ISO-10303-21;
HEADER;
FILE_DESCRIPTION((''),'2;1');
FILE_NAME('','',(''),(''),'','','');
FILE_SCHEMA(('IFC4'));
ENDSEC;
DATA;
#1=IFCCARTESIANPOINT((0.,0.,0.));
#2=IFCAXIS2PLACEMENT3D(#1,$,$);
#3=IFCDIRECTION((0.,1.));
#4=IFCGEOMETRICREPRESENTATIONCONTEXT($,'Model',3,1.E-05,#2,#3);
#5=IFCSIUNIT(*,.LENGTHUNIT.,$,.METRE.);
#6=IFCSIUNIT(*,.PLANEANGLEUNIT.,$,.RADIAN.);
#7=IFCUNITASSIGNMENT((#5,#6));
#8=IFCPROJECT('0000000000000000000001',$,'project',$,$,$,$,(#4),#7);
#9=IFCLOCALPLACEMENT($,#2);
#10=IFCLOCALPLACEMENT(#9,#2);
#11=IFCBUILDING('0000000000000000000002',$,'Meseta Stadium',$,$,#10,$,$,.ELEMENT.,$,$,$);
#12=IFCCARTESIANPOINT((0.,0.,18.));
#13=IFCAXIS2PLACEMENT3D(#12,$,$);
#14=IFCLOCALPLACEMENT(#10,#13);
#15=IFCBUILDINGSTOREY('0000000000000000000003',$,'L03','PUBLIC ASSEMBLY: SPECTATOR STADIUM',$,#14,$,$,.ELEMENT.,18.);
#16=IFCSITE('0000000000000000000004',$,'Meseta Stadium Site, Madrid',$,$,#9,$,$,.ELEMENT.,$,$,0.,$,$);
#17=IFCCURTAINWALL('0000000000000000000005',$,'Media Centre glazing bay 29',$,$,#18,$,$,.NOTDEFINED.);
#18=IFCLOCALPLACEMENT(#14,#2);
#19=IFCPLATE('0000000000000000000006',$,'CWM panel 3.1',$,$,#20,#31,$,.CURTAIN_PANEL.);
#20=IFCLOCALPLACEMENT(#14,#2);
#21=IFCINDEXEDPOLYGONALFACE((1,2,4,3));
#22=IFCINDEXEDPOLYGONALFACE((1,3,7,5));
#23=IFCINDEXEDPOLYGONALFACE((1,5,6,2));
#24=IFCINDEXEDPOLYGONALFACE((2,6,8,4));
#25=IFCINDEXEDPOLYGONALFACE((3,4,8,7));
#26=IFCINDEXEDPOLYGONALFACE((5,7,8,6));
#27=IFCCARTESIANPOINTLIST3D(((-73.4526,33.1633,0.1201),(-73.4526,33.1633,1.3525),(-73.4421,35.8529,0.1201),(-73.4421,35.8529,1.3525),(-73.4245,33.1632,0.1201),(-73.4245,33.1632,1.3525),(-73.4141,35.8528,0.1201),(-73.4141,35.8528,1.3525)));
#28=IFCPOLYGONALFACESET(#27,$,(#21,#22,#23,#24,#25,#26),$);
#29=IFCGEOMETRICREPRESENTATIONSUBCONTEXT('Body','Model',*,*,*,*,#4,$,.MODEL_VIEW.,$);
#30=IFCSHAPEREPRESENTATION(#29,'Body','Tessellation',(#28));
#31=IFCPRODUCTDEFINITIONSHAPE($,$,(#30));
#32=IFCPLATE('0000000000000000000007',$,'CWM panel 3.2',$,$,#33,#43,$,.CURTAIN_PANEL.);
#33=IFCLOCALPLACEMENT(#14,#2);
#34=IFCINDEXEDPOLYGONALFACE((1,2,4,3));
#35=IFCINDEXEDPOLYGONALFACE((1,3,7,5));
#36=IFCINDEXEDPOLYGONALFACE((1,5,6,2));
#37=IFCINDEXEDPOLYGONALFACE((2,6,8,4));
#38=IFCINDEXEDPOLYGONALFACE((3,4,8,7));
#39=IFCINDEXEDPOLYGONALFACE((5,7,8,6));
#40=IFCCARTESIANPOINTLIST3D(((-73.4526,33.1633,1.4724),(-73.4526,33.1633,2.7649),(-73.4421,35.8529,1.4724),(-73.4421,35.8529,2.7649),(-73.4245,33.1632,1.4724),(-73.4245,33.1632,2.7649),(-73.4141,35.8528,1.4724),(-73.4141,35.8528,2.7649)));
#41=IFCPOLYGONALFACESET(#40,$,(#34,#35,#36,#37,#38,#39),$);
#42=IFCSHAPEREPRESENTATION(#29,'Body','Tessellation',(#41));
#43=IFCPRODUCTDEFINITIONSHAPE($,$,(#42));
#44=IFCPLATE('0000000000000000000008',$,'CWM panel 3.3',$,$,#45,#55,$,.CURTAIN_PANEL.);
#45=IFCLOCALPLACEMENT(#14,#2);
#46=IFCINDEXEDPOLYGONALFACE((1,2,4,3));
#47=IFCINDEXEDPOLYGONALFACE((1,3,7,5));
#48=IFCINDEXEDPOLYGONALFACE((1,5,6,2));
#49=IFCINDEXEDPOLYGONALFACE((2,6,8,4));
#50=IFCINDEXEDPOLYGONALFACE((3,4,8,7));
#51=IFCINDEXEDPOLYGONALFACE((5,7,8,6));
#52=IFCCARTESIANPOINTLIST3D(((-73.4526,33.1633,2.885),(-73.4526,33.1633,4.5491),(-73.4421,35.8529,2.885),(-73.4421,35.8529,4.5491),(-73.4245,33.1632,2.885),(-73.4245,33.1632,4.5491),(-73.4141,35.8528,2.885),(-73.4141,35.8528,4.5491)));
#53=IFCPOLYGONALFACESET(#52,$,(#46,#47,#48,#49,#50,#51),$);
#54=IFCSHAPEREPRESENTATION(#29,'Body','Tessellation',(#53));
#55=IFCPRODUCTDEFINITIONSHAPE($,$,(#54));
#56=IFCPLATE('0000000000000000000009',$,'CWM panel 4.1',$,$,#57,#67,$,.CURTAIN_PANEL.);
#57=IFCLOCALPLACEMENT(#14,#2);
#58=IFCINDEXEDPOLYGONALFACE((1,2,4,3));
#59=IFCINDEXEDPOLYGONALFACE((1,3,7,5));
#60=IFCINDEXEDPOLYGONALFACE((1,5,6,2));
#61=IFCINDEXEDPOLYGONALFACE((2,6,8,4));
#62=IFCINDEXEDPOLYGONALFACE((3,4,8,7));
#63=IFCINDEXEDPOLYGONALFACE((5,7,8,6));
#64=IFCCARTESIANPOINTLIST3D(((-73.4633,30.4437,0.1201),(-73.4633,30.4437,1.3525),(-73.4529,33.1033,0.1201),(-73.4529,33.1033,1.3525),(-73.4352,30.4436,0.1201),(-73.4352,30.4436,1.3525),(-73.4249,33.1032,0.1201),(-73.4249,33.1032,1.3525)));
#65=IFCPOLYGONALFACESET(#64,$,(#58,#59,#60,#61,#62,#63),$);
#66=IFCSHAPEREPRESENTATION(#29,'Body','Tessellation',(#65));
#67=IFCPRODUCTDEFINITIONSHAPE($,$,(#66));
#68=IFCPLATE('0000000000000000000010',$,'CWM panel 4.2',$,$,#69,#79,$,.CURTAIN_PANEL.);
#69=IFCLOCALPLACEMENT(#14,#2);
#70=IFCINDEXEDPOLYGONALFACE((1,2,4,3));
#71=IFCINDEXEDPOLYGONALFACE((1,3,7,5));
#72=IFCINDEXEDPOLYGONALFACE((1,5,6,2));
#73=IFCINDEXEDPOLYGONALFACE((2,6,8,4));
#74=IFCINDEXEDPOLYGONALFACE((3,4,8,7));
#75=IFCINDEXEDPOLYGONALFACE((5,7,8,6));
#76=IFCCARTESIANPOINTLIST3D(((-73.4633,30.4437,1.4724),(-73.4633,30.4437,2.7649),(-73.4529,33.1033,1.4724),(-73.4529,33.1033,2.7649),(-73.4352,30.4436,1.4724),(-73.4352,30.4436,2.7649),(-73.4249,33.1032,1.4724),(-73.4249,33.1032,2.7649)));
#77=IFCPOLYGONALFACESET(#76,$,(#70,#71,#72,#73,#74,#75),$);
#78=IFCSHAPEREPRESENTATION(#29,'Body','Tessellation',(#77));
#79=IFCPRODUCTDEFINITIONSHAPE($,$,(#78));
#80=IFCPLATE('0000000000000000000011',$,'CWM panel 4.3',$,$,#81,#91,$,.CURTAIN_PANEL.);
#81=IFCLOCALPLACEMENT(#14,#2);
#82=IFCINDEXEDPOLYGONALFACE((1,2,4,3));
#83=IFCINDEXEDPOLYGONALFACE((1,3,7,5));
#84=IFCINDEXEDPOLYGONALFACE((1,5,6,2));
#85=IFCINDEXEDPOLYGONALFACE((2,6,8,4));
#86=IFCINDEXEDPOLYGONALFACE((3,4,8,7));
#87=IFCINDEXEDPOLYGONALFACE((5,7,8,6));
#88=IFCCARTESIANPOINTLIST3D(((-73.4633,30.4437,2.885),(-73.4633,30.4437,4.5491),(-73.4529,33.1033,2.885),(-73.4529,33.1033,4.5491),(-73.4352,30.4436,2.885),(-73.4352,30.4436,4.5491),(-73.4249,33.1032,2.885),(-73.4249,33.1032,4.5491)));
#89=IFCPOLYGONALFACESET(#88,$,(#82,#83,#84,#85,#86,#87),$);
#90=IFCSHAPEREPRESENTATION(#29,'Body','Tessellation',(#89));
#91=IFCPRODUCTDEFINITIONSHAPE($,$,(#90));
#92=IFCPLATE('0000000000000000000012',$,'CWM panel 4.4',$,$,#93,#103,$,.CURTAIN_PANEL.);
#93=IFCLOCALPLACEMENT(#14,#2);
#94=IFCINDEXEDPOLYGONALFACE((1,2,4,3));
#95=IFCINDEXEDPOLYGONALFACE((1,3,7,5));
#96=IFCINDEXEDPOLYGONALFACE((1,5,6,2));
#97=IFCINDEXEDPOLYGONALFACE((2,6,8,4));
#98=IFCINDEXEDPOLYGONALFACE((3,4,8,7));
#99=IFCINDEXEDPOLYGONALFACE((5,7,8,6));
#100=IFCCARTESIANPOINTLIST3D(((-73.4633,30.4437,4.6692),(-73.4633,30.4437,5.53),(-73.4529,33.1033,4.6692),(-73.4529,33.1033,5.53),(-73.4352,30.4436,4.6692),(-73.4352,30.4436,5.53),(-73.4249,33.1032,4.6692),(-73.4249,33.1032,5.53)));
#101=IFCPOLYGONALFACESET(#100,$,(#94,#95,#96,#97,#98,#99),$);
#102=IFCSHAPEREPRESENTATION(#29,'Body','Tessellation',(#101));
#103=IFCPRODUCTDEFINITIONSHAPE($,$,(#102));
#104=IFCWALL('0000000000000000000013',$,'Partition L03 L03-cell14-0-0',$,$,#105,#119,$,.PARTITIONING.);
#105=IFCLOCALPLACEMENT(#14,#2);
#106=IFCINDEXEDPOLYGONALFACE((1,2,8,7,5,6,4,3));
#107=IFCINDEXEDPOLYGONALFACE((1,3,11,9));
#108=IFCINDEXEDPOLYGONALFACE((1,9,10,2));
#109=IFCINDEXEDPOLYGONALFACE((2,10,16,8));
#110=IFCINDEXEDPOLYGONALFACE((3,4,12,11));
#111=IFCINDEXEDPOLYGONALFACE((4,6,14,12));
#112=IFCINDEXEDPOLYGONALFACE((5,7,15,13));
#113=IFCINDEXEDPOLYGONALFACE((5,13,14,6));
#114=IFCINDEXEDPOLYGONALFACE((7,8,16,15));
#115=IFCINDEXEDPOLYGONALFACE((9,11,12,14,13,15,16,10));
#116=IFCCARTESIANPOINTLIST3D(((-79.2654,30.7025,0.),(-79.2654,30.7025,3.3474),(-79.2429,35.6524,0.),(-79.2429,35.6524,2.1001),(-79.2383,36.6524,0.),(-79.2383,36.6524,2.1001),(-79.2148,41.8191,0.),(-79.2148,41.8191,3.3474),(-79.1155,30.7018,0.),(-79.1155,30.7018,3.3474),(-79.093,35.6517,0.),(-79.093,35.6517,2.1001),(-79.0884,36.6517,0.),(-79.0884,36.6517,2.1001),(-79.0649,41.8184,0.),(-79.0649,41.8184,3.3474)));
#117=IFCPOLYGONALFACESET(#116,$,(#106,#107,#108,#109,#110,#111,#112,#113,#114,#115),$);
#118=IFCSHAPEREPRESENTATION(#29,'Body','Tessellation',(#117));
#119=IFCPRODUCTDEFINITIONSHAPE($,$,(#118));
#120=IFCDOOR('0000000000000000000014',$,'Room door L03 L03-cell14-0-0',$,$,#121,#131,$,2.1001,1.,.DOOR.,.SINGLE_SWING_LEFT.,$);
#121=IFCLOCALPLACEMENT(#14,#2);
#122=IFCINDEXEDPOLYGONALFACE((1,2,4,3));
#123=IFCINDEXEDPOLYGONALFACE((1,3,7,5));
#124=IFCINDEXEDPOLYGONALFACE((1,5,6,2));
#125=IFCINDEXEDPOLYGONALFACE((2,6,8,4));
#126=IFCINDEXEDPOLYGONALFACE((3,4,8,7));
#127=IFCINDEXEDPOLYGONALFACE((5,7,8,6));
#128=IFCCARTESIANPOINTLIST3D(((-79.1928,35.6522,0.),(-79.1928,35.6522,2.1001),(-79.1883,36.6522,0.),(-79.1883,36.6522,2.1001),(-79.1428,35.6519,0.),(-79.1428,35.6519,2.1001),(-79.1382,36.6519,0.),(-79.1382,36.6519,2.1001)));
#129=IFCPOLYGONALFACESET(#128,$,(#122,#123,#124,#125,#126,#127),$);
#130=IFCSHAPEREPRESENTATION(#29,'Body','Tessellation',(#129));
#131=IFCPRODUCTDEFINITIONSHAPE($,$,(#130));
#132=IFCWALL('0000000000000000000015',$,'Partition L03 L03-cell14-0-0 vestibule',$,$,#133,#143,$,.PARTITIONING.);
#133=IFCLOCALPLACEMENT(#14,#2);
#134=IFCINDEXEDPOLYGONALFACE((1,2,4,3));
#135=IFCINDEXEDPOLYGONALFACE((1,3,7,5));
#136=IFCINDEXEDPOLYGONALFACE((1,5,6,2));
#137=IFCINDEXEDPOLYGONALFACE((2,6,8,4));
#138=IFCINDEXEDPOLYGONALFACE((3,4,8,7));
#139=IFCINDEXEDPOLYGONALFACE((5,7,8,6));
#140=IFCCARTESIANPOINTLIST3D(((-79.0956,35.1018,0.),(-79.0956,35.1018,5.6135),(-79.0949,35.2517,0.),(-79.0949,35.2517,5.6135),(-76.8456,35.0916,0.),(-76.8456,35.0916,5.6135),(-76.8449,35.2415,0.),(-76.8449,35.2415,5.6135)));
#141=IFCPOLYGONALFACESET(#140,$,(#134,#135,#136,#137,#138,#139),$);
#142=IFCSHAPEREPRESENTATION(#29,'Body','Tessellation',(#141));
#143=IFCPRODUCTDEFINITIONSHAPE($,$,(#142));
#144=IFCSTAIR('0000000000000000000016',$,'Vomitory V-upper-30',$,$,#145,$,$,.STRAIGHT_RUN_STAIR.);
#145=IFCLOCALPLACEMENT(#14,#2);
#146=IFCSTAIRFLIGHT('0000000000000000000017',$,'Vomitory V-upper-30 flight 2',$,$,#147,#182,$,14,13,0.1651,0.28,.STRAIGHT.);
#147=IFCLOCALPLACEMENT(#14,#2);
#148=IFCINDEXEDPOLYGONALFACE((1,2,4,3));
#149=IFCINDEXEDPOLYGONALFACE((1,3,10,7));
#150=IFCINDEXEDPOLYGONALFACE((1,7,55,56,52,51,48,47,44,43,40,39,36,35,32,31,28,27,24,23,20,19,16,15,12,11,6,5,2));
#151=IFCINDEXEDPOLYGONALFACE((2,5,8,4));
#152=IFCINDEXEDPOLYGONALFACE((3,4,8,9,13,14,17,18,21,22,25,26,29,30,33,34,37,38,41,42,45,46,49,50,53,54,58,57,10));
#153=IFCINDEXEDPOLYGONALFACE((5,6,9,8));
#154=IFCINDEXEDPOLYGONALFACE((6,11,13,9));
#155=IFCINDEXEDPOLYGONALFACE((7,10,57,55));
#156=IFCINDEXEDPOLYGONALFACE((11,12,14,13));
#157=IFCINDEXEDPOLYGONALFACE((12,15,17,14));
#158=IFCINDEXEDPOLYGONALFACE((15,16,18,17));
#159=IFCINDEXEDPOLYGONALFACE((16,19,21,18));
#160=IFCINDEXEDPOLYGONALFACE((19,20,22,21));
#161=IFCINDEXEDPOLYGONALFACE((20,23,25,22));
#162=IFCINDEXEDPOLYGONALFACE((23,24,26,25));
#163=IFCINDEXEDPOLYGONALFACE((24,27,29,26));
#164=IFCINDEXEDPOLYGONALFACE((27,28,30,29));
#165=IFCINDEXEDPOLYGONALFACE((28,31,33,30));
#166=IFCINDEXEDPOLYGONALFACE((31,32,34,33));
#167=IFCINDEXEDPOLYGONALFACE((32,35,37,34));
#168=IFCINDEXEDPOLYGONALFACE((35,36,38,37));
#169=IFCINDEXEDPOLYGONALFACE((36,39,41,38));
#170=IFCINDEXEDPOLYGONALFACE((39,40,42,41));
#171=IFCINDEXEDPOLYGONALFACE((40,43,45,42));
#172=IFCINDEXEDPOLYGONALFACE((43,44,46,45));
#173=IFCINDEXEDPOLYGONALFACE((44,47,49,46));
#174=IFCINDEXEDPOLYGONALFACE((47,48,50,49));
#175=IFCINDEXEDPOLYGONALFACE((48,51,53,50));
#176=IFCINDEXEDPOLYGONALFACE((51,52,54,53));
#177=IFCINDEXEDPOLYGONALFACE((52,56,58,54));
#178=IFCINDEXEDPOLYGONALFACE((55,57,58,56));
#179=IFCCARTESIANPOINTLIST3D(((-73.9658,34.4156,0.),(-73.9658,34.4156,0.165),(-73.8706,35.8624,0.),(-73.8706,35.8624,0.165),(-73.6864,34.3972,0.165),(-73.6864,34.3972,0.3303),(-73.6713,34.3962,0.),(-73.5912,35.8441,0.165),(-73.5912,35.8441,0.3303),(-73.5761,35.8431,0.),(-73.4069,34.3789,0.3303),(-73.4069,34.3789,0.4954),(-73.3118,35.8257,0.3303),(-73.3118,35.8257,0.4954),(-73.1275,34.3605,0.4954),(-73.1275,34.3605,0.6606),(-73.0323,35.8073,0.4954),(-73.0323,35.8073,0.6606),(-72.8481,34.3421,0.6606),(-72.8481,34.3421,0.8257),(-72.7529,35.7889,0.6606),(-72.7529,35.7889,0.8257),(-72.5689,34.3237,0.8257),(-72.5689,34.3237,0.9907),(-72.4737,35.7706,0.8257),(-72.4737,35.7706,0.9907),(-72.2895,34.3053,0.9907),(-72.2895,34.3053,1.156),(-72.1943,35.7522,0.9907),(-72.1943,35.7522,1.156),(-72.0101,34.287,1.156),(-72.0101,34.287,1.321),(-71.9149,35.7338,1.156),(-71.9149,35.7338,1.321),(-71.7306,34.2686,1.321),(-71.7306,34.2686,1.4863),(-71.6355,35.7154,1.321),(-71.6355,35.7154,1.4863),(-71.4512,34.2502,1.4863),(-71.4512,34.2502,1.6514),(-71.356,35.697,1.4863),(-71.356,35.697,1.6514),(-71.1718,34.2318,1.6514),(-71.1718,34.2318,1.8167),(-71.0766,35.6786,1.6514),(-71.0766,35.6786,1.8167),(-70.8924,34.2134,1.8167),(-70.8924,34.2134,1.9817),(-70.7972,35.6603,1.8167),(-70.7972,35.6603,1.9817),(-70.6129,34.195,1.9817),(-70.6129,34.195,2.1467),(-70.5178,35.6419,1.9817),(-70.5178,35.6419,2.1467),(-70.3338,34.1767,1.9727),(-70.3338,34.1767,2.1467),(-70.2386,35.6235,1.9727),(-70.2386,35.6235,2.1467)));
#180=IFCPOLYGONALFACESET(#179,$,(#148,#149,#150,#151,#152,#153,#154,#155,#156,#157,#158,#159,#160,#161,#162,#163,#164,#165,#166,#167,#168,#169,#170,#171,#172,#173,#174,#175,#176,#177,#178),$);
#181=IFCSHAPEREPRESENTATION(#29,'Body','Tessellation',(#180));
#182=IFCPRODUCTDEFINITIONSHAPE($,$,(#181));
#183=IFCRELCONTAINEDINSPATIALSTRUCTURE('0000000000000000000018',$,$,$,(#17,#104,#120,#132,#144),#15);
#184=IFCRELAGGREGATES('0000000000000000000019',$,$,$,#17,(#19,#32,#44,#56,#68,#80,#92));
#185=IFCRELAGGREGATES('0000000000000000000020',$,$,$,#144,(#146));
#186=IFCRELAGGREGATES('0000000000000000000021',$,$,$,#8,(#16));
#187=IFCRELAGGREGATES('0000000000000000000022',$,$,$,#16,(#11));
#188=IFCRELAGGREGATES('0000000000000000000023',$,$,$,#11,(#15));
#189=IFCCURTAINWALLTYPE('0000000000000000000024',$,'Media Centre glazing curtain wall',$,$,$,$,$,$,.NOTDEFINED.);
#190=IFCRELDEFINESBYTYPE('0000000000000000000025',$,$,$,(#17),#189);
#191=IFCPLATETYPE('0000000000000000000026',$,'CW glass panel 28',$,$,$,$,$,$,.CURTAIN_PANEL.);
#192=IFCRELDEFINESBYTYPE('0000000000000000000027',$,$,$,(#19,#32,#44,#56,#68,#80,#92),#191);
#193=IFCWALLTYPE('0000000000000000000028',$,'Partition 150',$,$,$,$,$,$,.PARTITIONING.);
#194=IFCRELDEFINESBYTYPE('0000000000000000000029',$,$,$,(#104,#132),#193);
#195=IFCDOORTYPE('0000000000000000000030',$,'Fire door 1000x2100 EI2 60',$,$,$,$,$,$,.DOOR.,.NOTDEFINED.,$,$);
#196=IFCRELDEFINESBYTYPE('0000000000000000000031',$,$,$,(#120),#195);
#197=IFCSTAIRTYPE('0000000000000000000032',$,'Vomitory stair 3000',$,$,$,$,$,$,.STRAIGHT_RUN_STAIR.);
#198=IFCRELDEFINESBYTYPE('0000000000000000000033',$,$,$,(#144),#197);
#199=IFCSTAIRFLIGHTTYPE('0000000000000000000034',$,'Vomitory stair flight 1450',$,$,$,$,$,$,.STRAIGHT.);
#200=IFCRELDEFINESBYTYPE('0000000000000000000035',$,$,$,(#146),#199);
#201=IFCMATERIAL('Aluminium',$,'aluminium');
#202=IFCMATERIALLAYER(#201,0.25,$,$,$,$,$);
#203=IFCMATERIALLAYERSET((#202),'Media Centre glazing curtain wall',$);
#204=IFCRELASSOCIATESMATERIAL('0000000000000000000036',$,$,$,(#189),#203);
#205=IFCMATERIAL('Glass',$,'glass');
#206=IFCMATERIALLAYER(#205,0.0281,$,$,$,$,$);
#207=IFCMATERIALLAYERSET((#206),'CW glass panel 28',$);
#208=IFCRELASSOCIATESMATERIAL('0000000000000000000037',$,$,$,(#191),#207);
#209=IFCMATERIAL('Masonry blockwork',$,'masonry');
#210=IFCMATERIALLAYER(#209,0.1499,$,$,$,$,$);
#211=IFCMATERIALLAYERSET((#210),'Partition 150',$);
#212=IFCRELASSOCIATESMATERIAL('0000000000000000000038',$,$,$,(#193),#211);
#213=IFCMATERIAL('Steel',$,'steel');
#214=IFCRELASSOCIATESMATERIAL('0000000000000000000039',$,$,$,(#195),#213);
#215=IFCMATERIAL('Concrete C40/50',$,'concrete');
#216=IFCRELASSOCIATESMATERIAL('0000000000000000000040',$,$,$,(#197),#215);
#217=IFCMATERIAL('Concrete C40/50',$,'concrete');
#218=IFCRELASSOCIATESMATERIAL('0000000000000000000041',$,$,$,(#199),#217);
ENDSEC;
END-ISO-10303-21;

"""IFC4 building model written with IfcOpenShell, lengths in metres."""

from ifc_helpers import new_model, si_unit, direction, frame, frame_2d, origin, origin_2d, place, context, subcontext, project, spatial, polyline, rectangle, outline, extrude, material, layer, layer_set, type_object, element, fill, aggregate, save


model = new_model("IFC4")

# Units and contexts
model_context = context("Model", 3, precision=1e-05, world=origin(), true_north=direction((0.0, 1.0)))
body_context = subcontext(model_context, "Body", "Model", "MODEL_VIEW")
ifc_project = project(units=[si_unit("LENGTHUNIT", "METRE"), si_unit("PLANEANGLEUNIT", "RADIAN")], contexts=[model_context])

# Site, building, storey
site_placement = place(None, origin())
site = spatial("IfcSite", under=ifc_project, at=site_placement, Name="Meseta Stadium Site, Madrid", CompositionType="ELEMENT", RefElevation=0.0)
building_placement = place(site_placement, origin())
building = spatial("IfcBuilding", under=site, at=building_placement, Name="Meseta Stadium", CompositionType="ELEMENT")
storey_placement = place(building_placement, frame((0.0, 0.0, 18.0)))
storey = spatial("IfcBuildingStorey", under=building, at=storey_placement, Name="L03", Description="PUBLIC ASSEMBLY: SPECTATOR STADIUM", CompositionType="ELEMENT", Elevation=18.0)

# Curtain wall
ifc_material_1 = material(Name="Aluminium", Category="aluminium")
ifc_layer_1 = layer(ifc_material_1, 0.25)
ifc_layer_set_1 = layer_set([ifc_layer_1], Name="Media Centre glazing curtain wall")
curtain_wall_type = type_object("IfcCurtainWallType", Name="Media Centre glazing curtain wall", PredefinedType="NOTDEFINED", material=ifc_layer_set_1)
curtain_wall_1_placement = place(storey_placement, origin())
curtain_wall_1 = element("IfcCurtainWall", 1, at=curtain_wall_1_placement, inside=storey, type_object=curtain_wall_type, Name="Media Centre glazing bay 29", PredefinedType="NOTDEFINED")

# Plates
ifc_material_2 = material(Name="Glass", Category="glass")
ifc_layer_2 = layer(ifc_material_2, 0.0281)
ifc_layer_set_2 = layer_set([ifc_layer_2], Name="CW glass panel 28")
plate_type = type_object("IfcPlateType", Name="CW glass panel 28", PredefinedType="CURTAIN_PANEL", material=ifc_layer_set_2)
plate_1_placement = place(storey_placement, frame((-73.4333, 34.5081, 0.1201), z_axis=(0.0, 0.0, 1.0), x_axis=(-0.003895, -0.999992, 0.0)))
plate_1 = element("IfcPlate", 2, at=plate_1_placement, type_object=plate_type, Name="CWM panel 3.1", PredefinedType="CURTAIN_PANEL", context=body_context, shape_type="SweptSolid", body=[
    extrude(rectangle(XDim=2.6897, YDim=0.0281, at=origin_2d()), origin(), (0.0, 0.0, 1.0), 1.2324),
])
plate_2_placement = place(storey_placement, frame((-73.4333, 34.5081, 1.4724), z_axis=(0.0, 0.0, 1.0), x_axis=(-0.003895, -0.999992, 0.0)))
plate_2 = element("IfcPlate", 3, at=plate_2_placement, type_object=plate_type, Name="CWM panel 3.2", PredefinedType="CURTAIN_PANEL", context=body_context, shape_type="SweptSolid", body=[
    extrude(rectangle(XDim=2.6897, YDim=0.0281, at=origin_2d()), origin(), (0.0, 0.0, 1.0), 1.2925),
])
plate_3_placement = place(storey_placement, frame((-73.4333, 34.5081, 2.885), z_axis=(0.0, 0.0, 1.0), x_axis=(-0.003895, -0.999992, 0.0)))
plate_3 = element("IfcPlate", 4, at=plate_3_placement, type_object=plate_type, Name="CWM panel 3.3", PredefinedType="CURTAIN_PANEL", context=body_context, shape_type="SweptSolid", body=[
    extrude(rectangle(XDim=2.6897, YDim=0.0281, at=origin_2d()), origin(), (0.0, 0.0, 1.0), 1.6641),
])
plate_4_placement = place(storey_placement, frame((-73.4441, 31.7734, 0.1201), z_axis=(0.0, 0.0, 1.0), x_axis=(-0.003895, -0.999992, 0.0)))
plate_4 = element("IfcPlate", 5, at=plate_4_placement, type_object=plate_type, Name="CWM panel 4.1", PredefinedType="CURTAIN_PANEL", context=body_context, shape_type="SweptSolid", body=[
    extrude(rectangle(XDim=2.6597, YDim=0.0281, at=origin_2d()), origin(), (0.0, 0.0, 1.0), 1.2324),
])
plate_5_placement = place(storey_placement, frame((-73.4441, 31.7734, 1.4724), z_axis=(0.0, 0.0, 1.0), x_axis=(-0.003895, -0.999992, 0.0)))
plate_5 = element("IfcPlate", 6, at=plate_5_placement, type_object=plate_type, Name="CWM panel 4.2", PredefinedType="CURTAIN_PANEL", context=body_context, shape_type="SweptSolid", body=[
    extrude(rectangle(XDim=2.6597, YDim=0.0281, at=origin_2d()), origin(), (0.0, 0.0, 1.0), 1.2925),
])
plate_6_placement = place(storey_placement, frame((-73.4441, 31.7734, 2.885), z_axis=(0.0, 0.0, 1.0), x_axis=(-0.003895, -0.999992, 0.0)))
plate_6 = element("IfcPlate", 7, at=plate_6_placement, type_object=plate_type, Name="CWM panel 4.3", PredefinedType="CURTAIN_PANEL", context=body_context, shape_type="SweptSolid", body=[
    extrude(rectangle(XDim=2.6597, YDim=0.0281, at=origin_2d()), origin(), (0.0, 0.0, 1.0), 1.6641),
])
plate_7_placement = place(storey_placement, frame((-73.4441, 31.7734, 4.6692), z_axis=(0.0, 0.0, 1.0), x_axis=(-0.003895, -0.999992, 0.0)))
plate_7 = element("IfcPlate", 8, at=plate_7_placement, type_object=plate_type, Name="CWM panel 4.4", PredefinedType="CURTAIN_PANEL", context=body_context, shape_type="SweptSolid", body=[
    extrude(rectangle(XDim=2.6597, YDim=0.0281, at=origin_2d()), origin(), (0.0, 0.0, 1.0), 0.8608),
])
aggregate(curtain_wall_1, [plate_1, plate_2, plate_3, plate_4, plate_5, plate_6, plate_7])

# Wall, opening, door
ifc_material_3 = material(Name="Masonry blockwork", Category="masonry")
ifc_layer_3 = layer(ifc_material_3, 0.1499)
ifc_layer_set_3 = layer_set([ifc_layer_3], Name="Partition 150")
wall_type = type_object("IfcWallType", Name="Partition 150", PredefinedType="PARTITIONING", material=ifc_layer_set_3)
wall_1_placement = place(storey_placement, frame((-79.1904, 30.7021, 0.0), z_axis=(0.0, 0.0, 1.0), x_axis=(0.004546, 0.99999, 0.0)))
wall_1 = element("IfcWall", 9, at=wall_1_placement, inside=storey, type_object=wall_type, Name="Partition L03 L03-cell14-0-0", PredefinedType="PARTITIONING", context=body_context, shape_type="SweptSolid", body=[
    extrude(rectangle(XDim=11.1167, YDim=0.1499, at=frame_2d((5.5583, 0.0))), origin(), (0.0, 0.0, 1.0), 3.3474),
])
opening_placement = place(wall_1_placement, frame((4.95, 0.0, 0.0)))
opening = element("IfcOpeningElement", 10, at=opening_placement, cuts=wall_1, PredefinedType="OPENING", context=body_context, shape_type="SweptSolid", body=[
    extrude(rectangle(XDim=1.0, YDim=2.1001, at=frame_2d((0.5, 1.05))), frame((0.0, 0.085, 0.0), z_axis=(0.0, -1.0, 0.0), x_axis=(1.0, 0.0, 0.0)), (0.0, 0.0, 1.0), 0.1699),
])
ifc_material_4 = material(Name="Steel", Category="steel")
door_type = type_object("IfcDoorType", Name="Fire door 1000x2100 EI2 60", OperationType="NOTDEFINED", PredefinedType="DOOR", material=ifc_material_4)
door_placement = place(opening_placement, origin())
door = element("IfcDoor", 11, at=door_placement, inside=storey, type_object=door_type, Name="Room door L03 L03-cell14-0-0", OperationType="SINGLE_SWING_LEFT", OverallHeight=2.1001, OverallWidth=1.0, PredefinedType="DOOR", context=body_context, shape_type="SweptSolid", body=[
    extrude(rectangle(XDim=1.0, YDim=2.1001, at=frame_2d((0.5, 1.05))), frame((0.0, 0.0249, 0.0), z_axis=(0.0, -1.0, 0.0), x_axis=(1.0, 0.0, 0.0)), (0.0, 0.0, 1.0), 0.05),
])
fill(opening, door)

# Wall
wall_2_placement = place(storey_placement, frame((-79.0952, 35.1768, 0.0), z_axis=(0.0, 0.0, 1.0), x_axis=(0.99999, -0.004557, 0.0)))
element("IfcWall", 12, at=wall_2_placement, inside=storey, type_object=wall_type, Name="Partition L03 L03-cell14-0-0 vestibule", PredefinedType="PARTITIONING", context=body_context, shape_type="SweptSolid", body=[
    extrude(rectangle(XDim=2.25, YDim=0.1499, at=frame_2d((1.125, 0.0))), origin(), (0.0, 0.0, 1.0), 5.6135),
])

# Stair, stair flight
ifc_material_5 = material(Name="Concrete C40/50", Category="concrete")
stair_type = type_object("IfcStairType", Name="Vomitory stair 3000", PredefinedType="STRAIGHT_RUN_STAIR", material=ifc_material_5)
stair_placement = place(storey_placement, origin())
stair = element("IfcStair", 13, at=stair_placement, inside=storey, type_object=stair_type, Name="Vomitory V-upper-30", PredefinedType="STRAIGHT_RUN_STAIR")
ifc_material_6 = material(Name="Concrete C40/50", Category="concrete")
stair_flight_type = type_object("IfcStairFlightType", Name="Vomitory stair flight 1450", PredefinedType="STRAIGHT", material=ifc_material_6)
stair_flight_placement = place(storey_placement, frame((-73.9182, 35.1389, 0.0), z_axis=(0.0, 0.0, 1.0), x_axis=(0.997843, -0.065647, 0.0)))
stair_flight = element("IfcStairFlight", 14, at=stair_flight_placement, type_object=stair_flight_type, Name="Vomitory V-upper-30 flight 2", NumberOfRisers=14, NumberOfTreads=13, PredefinedType="STRAIGHT", RiserHeight=0.1651, TreadLength=0.28, context=body_context, shape_type="SweptSolid", body=[
    extrude(outline(polyline([(0.0, 0.0), (0.0, 0.165), (0.28, 0.165), (0.28, 0.3303), (0.5601, 0.3303), (0.5601, 0.4954), (0.8401, 0.4954), (0.8401, 0.6606), (1.1201, 0.6606), (1.1201, 0.8257), (1.3999, 0.8257), (1.3999, 0.9907), (1.6799, 0.9907), (1.6799, 1.156), (1.96, 1.156), (1.96, 1.321), (2.24, 1.321), (2.24, 1.4863), (2.52, 1.4863), (2.52, 1.6514), (2.8, 1.6514), (2.8, 1.8167), (3.0801, 1.8167), (3.0801, 1.9817), (3.3601, 1.9817), (3.3601, 2.1467), (3.6399, 2.1467), (3.6399, 1.9727), (0.2952, 0.0), (0.0, 0.0)])), frame((0.0, 0.7251, 0.0), z_axis=(0.0, -1.0, 0.0), x_axis=(1.0, 0.0, 0.0)), (0.0, 0.0, 1.0), 1.45),
])
aggregate(stair, [stair_flight])

save(model, "model.ifc")
